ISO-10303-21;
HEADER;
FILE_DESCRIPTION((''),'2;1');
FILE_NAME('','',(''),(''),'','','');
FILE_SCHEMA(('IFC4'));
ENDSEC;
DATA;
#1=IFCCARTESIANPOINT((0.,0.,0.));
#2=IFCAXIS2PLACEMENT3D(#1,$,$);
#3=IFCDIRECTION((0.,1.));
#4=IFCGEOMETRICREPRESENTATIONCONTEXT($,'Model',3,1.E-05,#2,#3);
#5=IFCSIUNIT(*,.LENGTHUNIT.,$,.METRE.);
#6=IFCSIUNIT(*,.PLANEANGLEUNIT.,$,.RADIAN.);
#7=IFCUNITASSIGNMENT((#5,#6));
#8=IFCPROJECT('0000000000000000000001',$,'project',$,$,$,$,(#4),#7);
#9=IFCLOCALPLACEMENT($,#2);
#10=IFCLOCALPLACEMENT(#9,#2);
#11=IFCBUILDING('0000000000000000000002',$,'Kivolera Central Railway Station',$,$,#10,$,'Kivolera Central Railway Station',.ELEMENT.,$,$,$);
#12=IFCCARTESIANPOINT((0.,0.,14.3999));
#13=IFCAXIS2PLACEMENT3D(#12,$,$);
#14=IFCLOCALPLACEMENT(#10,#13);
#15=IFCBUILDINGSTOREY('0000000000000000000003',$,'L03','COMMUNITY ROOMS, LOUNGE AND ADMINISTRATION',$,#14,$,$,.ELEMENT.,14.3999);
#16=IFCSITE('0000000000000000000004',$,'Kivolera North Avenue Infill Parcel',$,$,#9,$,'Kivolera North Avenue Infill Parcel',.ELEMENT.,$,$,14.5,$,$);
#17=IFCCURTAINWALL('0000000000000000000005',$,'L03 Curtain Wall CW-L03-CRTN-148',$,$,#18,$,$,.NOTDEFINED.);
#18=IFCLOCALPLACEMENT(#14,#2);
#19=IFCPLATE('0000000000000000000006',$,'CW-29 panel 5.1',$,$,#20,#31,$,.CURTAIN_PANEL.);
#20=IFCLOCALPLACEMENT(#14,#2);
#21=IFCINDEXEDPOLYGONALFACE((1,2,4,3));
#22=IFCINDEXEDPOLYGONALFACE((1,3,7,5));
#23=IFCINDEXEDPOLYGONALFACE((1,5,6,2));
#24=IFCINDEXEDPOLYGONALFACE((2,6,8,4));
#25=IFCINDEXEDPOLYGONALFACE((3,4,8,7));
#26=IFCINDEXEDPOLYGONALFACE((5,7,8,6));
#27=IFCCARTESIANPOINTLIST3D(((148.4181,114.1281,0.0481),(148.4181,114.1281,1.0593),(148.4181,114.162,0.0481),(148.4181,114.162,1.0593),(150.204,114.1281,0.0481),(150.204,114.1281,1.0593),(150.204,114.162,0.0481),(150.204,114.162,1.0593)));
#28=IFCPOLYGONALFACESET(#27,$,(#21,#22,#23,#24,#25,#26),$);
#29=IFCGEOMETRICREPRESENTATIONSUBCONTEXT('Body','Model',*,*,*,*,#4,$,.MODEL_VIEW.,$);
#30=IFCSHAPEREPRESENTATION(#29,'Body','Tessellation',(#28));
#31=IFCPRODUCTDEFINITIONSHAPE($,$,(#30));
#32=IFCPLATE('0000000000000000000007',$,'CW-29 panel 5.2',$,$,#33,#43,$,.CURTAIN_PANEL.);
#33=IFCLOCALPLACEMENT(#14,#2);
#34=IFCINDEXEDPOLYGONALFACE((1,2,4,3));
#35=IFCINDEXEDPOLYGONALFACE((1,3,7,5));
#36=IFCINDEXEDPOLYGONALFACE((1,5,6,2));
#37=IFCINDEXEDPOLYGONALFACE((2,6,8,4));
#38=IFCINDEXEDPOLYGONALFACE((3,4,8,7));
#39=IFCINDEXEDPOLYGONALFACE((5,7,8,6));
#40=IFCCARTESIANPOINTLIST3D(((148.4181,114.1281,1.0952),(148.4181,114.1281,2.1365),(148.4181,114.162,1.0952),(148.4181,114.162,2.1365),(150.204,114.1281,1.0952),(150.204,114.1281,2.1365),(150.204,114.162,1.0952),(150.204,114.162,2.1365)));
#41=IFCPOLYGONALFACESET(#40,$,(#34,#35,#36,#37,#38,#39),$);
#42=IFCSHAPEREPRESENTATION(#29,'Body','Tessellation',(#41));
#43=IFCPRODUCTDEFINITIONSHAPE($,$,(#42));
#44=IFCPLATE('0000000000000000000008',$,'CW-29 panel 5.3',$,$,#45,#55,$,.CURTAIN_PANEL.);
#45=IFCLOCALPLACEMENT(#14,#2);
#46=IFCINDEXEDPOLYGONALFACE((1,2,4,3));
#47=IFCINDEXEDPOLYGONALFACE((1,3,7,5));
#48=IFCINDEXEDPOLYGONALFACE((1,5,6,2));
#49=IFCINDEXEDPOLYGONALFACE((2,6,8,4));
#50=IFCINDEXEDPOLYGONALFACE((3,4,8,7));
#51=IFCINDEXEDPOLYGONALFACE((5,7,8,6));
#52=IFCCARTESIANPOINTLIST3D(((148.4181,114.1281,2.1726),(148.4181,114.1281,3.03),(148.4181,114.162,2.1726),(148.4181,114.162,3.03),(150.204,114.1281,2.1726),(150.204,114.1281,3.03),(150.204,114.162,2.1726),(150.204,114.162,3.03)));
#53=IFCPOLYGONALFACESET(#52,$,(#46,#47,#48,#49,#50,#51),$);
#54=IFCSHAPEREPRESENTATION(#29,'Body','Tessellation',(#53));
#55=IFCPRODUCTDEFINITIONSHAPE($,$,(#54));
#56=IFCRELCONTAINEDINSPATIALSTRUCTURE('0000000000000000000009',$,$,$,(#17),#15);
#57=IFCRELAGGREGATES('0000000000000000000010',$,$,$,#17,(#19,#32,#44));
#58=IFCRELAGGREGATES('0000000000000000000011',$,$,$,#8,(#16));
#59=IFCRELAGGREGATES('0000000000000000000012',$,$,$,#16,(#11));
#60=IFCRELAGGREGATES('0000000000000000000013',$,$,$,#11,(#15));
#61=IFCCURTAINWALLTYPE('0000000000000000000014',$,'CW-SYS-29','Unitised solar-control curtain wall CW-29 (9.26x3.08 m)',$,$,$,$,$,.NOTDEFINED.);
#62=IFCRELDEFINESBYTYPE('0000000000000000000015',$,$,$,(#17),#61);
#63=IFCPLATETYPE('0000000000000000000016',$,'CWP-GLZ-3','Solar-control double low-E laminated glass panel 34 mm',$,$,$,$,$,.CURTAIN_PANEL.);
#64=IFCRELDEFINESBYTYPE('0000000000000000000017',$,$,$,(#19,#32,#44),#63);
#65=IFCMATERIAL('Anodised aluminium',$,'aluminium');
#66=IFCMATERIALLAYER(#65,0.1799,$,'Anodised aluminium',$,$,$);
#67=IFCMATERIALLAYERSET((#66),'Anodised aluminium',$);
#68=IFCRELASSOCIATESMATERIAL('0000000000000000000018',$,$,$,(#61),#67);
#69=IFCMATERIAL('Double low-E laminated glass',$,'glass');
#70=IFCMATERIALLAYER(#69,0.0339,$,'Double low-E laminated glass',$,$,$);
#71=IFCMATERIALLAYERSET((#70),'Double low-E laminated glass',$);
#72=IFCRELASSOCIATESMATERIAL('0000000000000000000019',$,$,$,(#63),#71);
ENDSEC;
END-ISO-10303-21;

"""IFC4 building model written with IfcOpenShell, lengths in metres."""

from ifc_helpers import new_model, si_unit, direction, frame, origin, origin_2d, place, context, subcontext, project, spatial, rectangle, extrude, material, layer, layer_set, type_object, element, aggregate, save


model = new_model("IFC4")

# Units and contexts
model_context = context("Model", 3, precision=1e-05, world=origin(), true_north=direction((0.0, 1.0)))
body_context = subcontext(model_context, "Body", "Model", "MODEL_VIEW")
ifc_project = project(units=[si_unit("LENGTHUNIT", "METRE"), si_unit("PLANEANGLEUNIT", "RADIAN")], contexts=[model_context])

# Site, building, storey
site_placement = place(None, origin())
site = spatial("IfcSite", under=ifc_project, at=site_placement, Name="Kivolera North Avenue Infill Parcel", LongName="Kivolera North Avenue Infill Parcel", CompositionType="ELEMENT", RefElevation=14.5)
building_placement = place(site_placement, origin())
building = spatial("IfcBuilding", under=site, at=building_placement, Name="Kivolera Central Railway Station", LongName="Kivolera Central Railway Station", CompositionType="ELEMENT")
storey_placement = place(building_placement, frame((0.0, 0.0, 14.3999)))
storey = spatial("IfcBuildingStorey", under=building, at=storey_placement, Name="L03", Description="COMMUNITY ROOMS, LOUNGE AND ADMINISTRATION", CompositionType="ELEMENT", Elevation=14.3999)

# Curtain wall, plates
ifc_material_1 = material(Name="Anodised aluminium", Category="aluminium")
ifc_layer_1 = layer(ifc_material_1, 0.1799, Name="Anodised aluminium")
ifc_layer_set_1 = layer_set([ifc_layer_1], Name="Anodised aluminium")
curtain_wall_type = type_object("IfcCurtainWallType", Name="CW-SYS-29", Description="Unitised solar-control curtain wall CW-29 (9.26x3.08 m)", PredefinedType="NOTDEFINED", material=ifc_layer_set_1)
curtain_wall_placement = place(storey_placement, origin())
curtain_wall = element("IfcCurtainWall", 1, at=curtain_wall_placement, inside=storey, type_object=curtain_wall_type, Name="L03 Curtain Wall CW-L03-CRTN-148", PredefinedType="NOTDEFINED")
ifc_material_2 = material(Name="Double low-E laminated glass", Category="glass")
ifc_layer_2 = layer(ifc_material_2, 0.0339, Name="Double low-E laminated glass")
ifc_layer_set_2 = layer_set([ifc_layer_2], Name="Double low-E laminated glass")
plate_type = type_object("IfcPlateType", Name="CWP-GLZ-3", Description="Solar-control double low-E laminated glass panel 34 mm", PredefinedType="CURTAIN_PANEL", material=ifc_layer_set_2)
plate_1_placement = place(storey_placement, frame((149.311, 114.145, 0.0481), z_axis=(0.0, 0.0, 1.0), x_axis=(-1.0, 0.0, 0.0)))
plate_1 = element("IfcPlate", 2, at=plate_1_placement, type_object=plate_type, Name="CW-29 panel 5.1", PredefinedType="CURTAIN_PANEL", context=body_context, shape_type="SweptSolid", body=[
    extrude(rectangle(XDim=1.7859, YDim=0.0339, at=origin_2d()), origin(), (0.0, 0.0, 1.0), 1.0112),
])
plate_2_placement = place(storey_placement, frame((149.311, 114.145, 1.0952), z_axis=(0.0, 0.0, 1.0), x_axis=(-1.0, 0.0, 0.0)))
plate_2 = element("IfcPlate", 3, at=plate_2_placement, type_object=plate_type, Name="CW-29 panel 5.2", PredefinedType="CURTAIN_PANEL", context=body_context, shape_type="SweptSolid", body=[
    extrude(rectangle(XDim=1.7859, YDim=0.0339, at=origin_2d()), origin(), (0.0, 0.0, 1.0), 1.0413),
])
plate_3_placement = place(storey_placement, frame((149.311, 114.145, 2.1726), z_axis=(0.0, 0.0, 1.0), x_axis=(-1.0, 0.0, 0.0)))
plate_3 = element("IfcPlate", 4, at=plate_3_placement, type_object=plate_type, Name="CW-29 panel 5.3", PredefinedType="CURTAIN_PANEL", context=body_context, shape_type="SweptSolid", body=[
    extrude(rectangle(XDim=1.7859, YDim=0.0339, at=origin_2d()), origin(), (0.0, 0.0, 1.0), 0.8574),
])
aggregate(curtain_wall, [plate_1, plate_2, plate_3])

save(model, "model.ifc")
